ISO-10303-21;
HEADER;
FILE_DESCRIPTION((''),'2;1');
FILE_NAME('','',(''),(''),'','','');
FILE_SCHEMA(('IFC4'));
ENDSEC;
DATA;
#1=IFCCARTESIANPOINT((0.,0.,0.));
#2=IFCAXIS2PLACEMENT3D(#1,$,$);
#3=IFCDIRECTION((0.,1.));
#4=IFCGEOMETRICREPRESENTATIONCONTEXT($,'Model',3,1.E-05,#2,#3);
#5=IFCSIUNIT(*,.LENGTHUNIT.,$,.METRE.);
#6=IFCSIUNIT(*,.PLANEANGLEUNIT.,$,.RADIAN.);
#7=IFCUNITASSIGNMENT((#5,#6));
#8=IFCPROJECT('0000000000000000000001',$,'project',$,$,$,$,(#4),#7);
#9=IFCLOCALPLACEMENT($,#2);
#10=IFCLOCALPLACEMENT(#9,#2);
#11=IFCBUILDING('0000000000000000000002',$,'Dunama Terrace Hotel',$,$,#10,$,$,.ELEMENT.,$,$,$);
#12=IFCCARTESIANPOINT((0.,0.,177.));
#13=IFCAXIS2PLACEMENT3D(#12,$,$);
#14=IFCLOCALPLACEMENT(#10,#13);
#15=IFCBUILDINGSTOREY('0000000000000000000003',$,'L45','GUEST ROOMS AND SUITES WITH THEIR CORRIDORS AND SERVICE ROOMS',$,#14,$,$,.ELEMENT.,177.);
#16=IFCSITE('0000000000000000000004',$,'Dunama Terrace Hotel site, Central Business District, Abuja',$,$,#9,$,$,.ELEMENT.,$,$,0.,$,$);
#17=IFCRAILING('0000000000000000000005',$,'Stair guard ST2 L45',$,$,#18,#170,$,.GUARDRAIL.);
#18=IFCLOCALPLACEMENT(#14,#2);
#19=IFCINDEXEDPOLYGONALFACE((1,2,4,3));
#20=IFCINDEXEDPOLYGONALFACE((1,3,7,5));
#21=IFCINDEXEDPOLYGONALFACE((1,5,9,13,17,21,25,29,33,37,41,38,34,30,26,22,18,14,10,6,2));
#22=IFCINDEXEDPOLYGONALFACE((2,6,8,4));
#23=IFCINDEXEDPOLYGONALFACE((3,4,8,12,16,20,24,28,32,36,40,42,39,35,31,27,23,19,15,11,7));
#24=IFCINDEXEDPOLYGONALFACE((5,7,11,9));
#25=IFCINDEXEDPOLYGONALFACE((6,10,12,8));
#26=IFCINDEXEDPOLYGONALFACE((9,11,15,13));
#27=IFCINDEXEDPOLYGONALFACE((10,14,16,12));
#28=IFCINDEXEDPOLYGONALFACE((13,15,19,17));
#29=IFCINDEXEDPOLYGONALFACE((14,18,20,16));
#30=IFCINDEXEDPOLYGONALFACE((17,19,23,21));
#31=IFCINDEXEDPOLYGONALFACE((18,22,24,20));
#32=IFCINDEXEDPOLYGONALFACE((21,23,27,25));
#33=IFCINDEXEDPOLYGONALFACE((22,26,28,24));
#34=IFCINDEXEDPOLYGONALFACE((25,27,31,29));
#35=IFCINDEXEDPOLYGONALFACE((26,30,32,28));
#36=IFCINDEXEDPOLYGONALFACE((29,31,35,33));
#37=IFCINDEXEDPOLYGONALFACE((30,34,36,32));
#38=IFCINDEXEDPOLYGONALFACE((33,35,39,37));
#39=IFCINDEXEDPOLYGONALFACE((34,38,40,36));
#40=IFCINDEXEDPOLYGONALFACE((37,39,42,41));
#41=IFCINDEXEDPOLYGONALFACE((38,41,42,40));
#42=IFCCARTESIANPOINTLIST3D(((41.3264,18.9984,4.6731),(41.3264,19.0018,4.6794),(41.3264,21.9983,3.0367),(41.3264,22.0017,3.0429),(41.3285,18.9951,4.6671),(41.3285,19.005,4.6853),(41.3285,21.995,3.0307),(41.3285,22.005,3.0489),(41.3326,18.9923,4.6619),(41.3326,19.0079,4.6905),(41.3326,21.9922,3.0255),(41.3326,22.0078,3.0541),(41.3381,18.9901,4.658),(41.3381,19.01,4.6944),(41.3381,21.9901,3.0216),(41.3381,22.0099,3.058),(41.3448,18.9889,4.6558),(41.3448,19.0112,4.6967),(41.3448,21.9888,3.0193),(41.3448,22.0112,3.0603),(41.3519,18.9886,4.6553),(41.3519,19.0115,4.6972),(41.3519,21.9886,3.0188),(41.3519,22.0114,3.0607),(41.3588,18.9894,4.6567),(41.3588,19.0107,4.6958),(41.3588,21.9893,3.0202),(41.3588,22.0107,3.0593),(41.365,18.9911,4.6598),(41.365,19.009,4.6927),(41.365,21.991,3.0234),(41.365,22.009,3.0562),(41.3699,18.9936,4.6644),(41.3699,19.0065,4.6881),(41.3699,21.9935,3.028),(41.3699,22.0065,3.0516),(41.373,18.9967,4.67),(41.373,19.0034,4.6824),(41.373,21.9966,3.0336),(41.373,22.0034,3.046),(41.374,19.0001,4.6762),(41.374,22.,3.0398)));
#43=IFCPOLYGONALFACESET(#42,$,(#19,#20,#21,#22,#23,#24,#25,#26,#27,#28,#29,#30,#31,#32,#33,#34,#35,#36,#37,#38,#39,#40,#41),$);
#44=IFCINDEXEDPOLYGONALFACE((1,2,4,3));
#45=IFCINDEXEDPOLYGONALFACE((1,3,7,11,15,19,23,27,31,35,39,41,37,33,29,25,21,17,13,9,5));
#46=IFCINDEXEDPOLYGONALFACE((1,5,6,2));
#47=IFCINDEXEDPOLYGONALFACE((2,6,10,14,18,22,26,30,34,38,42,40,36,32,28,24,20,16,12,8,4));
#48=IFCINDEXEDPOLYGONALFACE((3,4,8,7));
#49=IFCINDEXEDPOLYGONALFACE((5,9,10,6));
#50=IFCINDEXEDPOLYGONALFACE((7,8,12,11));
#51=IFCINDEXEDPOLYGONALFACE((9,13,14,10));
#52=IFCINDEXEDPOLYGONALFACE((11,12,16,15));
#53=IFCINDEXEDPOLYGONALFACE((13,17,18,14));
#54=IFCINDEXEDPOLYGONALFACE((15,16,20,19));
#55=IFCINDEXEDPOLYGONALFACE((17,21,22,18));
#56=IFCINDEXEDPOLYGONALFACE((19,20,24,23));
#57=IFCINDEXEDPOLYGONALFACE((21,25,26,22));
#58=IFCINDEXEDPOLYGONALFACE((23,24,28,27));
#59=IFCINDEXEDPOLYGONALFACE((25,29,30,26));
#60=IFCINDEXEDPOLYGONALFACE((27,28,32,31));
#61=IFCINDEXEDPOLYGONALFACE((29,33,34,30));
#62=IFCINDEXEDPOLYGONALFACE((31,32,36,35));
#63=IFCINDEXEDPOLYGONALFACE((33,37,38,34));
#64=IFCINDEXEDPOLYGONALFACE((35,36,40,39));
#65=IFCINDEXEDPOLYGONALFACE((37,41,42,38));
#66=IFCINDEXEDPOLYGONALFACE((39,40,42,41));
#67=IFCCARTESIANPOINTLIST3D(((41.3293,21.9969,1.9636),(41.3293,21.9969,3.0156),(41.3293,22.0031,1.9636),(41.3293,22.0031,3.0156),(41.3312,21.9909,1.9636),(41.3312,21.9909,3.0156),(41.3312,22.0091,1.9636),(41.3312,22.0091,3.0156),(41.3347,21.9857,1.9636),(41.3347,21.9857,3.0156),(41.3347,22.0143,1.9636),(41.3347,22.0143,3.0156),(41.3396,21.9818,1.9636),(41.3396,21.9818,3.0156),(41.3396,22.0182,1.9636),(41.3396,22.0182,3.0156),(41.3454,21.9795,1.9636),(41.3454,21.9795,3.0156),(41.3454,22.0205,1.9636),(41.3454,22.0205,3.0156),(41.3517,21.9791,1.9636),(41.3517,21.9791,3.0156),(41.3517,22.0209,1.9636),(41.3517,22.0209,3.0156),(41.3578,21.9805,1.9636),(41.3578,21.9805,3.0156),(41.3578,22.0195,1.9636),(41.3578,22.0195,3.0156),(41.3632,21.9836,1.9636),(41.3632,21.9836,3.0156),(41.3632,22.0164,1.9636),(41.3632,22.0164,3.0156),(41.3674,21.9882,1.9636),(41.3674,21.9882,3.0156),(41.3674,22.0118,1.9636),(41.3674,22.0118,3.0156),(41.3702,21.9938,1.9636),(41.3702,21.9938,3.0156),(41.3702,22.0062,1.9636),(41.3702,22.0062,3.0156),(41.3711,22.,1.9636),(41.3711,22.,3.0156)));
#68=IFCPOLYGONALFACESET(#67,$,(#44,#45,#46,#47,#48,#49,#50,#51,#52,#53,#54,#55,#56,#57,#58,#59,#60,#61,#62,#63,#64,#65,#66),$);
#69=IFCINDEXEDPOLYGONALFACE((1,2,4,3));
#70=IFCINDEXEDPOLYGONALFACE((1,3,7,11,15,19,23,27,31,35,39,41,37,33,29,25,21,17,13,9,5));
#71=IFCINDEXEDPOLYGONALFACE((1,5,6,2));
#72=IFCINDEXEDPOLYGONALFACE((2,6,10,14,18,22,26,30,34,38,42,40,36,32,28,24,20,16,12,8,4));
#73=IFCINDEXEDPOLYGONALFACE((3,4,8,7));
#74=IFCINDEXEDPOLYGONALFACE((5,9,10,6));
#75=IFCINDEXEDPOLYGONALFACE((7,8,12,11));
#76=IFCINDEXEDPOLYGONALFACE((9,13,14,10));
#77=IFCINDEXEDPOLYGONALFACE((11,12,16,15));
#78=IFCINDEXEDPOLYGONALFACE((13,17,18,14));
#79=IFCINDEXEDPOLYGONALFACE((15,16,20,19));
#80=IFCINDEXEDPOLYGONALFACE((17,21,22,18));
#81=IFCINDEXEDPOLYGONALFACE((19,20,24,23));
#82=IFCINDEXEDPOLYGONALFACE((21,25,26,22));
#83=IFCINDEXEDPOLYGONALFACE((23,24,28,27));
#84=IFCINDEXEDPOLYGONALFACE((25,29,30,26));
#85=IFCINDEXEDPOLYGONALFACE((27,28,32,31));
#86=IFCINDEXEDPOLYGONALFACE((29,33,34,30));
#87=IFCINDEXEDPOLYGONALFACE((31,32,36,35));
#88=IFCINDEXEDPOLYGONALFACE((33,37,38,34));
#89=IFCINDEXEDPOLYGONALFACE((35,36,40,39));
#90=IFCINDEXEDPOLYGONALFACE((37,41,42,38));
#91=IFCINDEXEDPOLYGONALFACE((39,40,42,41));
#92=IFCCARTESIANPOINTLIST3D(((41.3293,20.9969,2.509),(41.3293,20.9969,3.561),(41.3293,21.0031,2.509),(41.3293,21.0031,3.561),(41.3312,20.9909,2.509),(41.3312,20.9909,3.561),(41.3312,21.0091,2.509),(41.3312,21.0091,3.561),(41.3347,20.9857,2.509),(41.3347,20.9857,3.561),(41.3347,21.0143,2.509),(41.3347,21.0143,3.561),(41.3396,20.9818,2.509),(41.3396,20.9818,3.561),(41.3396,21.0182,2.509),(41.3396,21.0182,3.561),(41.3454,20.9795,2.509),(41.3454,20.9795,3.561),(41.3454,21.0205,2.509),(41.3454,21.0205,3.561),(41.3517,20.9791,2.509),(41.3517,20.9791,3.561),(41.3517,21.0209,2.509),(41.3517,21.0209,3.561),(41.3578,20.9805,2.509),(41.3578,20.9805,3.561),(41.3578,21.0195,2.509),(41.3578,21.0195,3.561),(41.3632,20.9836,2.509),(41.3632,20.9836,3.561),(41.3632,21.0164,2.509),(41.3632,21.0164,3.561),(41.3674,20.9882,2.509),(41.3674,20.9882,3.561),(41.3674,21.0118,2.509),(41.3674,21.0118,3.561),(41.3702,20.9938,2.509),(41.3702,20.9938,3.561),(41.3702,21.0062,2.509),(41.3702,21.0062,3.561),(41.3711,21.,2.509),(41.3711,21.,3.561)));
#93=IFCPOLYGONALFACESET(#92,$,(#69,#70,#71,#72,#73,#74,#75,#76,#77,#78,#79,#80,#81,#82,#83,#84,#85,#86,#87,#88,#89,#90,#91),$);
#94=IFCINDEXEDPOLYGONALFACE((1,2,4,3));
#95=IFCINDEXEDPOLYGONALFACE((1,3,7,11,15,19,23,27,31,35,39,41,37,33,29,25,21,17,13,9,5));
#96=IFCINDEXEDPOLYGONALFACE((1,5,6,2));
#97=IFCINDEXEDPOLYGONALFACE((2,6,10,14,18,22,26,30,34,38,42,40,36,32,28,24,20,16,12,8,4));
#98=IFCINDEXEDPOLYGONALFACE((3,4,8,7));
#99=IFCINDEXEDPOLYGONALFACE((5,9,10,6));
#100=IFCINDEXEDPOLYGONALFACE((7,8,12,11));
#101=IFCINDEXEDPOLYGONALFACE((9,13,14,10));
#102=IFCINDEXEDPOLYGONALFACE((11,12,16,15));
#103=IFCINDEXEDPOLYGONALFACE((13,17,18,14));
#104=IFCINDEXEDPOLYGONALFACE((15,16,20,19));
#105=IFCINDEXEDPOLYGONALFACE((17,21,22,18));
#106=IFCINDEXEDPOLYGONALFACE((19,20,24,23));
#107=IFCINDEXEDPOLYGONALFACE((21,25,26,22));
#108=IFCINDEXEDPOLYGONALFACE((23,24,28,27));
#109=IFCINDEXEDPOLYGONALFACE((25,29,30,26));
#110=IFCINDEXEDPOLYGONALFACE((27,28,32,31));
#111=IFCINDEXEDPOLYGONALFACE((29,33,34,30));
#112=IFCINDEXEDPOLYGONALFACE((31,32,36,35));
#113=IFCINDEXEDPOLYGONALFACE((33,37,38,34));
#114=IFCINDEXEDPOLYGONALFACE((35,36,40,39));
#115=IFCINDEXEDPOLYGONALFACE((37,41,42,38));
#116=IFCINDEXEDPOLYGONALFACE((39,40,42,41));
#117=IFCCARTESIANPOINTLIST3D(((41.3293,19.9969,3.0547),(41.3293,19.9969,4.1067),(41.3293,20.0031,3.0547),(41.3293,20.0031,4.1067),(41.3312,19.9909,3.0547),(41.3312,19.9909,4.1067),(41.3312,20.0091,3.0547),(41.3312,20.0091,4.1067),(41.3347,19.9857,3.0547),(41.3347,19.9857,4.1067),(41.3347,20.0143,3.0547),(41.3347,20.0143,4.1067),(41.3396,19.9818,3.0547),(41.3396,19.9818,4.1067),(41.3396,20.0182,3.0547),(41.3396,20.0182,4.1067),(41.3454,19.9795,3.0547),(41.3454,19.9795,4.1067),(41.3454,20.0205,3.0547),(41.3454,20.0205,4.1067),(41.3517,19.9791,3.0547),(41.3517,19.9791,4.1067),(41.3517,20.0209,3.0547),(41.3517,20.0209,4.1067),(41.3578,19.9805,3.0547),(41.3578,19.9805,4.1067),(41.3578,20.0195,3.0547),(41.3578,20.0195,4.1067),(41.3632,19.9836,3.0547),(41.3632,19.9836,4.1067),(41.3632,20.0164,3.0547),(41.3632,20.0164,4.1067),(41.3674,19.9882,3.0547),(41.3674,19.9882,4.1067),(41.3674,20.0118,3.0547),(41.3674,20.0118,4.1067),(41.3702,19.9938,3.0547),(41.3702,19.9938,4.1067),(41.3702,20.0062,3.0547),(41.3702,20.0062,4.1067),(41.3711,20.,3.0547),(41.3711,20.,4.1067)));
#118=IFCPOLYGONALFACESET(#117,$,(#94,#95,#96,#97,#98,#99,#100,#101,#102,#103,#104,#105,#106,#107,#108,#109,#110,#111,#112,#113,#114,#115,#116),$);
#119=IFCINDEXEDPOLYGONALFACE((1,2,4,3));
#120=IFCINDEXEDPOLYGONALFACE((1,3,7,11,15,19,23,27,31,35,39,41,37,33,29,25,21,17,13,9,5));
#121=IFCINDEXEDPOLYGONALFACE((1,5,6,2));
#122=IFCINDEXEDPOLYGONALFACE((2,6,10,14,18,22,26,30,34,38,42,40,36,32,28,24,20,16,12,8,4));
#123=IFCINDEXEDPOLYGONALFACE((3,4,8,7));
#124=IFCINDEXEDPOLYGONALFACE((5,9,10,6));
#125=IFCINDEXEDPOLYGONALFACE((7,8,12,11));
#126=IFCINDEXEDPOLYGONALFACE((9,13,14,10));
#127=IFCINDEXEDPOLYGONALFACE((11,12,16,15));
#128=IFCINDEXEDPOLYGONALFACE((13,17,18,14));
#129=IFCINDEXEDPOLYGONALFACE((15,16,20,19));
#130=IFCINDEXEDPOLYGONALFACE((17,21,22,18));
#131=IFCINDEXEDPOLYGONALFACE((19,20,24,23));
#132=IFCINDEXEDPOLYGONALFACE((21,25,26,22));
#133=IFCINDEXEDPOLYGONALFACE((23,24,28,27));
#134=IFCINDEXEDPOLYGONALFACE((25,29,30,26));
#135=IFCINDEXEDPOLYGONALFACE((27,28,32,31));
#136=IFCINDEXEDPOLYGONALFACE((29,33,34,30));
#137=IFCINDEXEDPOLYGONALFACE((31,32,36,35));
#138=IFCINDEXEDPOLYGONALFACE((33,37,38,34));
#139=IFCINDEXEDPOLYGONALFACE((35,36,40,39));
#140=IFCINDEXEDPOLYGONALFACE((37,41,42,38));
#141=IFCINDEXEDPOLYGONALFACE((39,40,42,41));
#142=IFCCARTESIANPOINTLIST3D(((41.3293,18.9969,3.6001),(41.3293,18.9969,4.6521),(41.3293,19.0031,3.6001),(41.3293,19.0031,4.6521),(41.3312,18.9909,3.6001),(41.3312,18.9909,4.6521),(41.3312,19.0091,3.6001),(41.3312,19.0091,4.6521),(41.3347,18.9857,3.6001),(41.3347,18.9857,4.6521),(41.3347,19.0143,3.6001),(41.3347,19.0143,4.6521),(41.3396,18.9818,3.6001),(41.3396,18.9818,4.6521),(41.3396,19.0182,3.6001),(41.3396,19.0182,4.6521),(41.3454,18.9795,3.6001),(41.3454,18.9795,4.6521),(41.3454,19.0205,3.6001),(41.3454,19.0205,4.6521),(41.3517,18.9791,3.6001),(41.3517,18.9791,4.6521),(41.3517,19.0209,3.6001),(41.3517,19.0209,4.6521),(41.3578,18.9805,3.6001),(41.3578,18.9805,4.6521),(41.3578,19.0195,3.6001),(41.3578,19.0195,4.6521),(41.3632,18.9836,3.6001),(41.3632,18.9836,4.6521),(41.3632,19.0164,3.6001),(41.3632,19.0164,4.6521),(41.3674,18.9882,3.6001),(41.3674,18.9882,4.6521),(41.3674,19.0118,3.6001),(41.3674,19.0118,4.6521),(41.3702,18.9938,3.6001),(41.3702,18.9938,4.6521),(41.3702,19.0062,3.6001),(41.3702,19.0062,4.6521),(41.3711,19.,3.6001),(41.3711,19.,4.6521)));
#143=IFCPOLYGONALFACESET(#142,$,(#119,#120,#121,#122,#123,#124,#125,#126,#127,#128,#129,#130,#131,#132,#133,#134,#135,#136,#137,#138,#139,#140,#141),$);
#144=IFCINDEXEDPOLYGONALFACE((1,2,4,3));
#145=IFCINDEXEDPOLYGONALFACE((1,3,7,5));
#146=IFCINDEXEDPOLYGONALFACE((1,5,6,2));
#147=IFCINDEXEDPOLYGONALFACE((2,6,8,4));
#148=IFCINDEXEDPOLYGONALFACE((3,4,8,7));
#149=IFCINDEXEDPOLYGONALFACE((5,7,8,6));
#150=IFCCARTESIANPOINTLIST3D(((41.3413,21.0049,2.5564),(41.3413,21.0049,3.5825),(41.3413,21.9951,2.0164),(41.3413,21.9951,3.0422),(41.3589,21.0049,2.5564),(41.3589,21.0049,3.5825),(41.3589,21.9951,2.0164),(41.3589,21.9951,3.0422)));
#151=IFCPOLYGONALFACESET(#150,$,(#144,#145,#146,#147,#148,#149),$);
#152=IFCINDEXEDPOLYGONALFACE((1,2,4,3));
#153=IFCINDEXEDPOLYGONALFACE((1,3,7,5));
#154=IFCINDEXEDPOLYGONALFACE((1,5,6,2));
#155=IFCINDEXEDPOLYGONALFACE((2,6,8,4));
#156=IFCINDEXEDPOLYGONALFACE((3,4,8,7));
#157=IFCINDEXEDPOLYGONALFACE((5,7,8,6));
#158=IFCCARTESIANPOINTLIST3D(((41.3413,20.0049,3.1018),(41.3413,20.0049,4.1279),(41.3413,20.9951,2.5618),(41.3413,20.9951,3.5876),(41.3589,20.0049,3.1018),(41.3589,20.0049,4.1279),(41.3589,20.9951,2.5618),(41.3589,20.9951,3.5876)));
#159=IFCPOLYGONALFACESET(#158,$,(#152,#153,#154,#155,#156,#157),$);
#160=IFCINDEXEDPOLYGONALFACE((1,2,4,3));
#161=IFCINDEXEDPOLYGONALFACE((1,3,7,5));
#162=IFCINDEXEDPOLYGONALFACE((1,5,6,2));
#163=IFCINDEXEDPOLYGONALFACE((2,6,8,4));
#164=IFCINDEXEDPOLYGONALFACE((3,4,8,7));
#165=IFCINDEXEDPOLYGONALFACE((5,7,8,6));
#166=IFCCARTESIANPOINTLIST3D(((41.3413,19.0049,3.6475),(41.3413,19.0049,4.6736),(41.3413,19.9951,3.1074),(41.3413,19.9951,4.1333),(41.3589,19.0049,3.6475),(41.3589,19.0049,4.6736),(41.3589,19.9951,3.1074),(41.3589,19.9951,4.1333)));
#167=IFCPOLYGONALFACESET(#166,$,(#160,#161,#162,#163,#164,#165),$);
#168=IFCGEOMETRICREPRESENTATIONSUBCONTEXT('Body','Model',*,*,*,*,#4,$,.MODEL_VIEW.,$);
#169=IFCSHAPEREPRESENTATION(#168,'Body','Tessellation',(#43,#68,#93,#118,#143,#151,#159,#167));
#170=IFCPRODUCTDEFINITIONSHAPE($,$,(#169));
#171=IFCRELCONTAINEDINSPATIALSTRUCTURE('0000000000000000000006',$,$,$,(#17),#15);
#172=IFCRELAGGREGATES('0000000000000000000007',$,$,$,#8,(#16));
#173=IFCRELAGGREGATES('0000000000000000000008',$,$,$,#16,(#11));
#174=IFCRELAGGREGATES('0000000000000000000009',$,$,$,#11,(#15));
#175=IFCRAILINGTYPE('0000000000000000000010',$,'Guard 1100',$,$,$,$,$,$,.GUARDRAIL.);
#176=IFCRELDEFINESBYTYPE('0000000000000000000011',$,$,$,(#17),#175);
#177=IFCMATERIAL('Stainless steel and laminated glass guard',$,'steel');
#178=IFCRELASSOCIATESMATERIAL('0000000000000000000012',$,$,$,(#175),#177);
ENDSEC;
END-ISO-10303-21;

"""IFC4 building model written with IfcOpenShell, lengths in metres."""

from ifc_helpers import new_model, si_unit, direction, frame, origin, origin_2d, place, context, subcontext, project, spatial, polyline, circle, outline, extrude, material, type_object, element, save


model = new_model("IFC4")

# Units and contexts
model_context = context("Model", 3, precision=1e-05, world=origin(), true_north=direction((0.0, 1.0)))
body_context = subcontext(model_context, "Body", "Model", "MODEL_VIEW")
ifc_project = project(units=[si_unit("LENGTHUNIT", "METRE"), si_unit("PLANEANGLEUNIT", "RADIAN")], contexts=[model_context])

# Site, building, storey
site_placement = place(None, origin())
site = spatial("IfcSite", under=ifc_project, at=site_placement, Name="Dunama Terrace Hotel site, Central Business District, Abuja", CompositionType="ELEMENT", RefElevation=0.0)
building_placement = place(site_placement, origin())
building = spatial("IfcBuilding", under=site, at=building_placement, Name="Dunama Terrace Hotel", CompositionType="ELEMENT")
storey_placement = place(building_placement, frame((0.0, 0.0, 177.0)))
storey = spatial("IfcBuildingStorey", under=building, at=storey_placement, Name="L45", Description="GUEST ROOMS AND SUITES WITH THEIR CORRIDORS AND SERVICE ROOMS", CompositionType="ELEMENT", Elevation=177.0)

# Railing
ifc_material_1 = material(Name="Stainless steel and laminated glass guard", Category="steel")
railing_type_1 = type_object("IfcRailingType", Name="Guard 1100", PredefinedType="GUARDRAIL", material=ifc_material_1)
railing_1_placement = place(storey_placement, frame((41.3501, 22.0, 1.9636)))
element("IfcRailing", 1, at=railing_1_placement, inside=storey, type_object=railing_type_1, Name="Stair guard ST2 L45", PredefinedType="GUARDRAIL", context=body_context, shape_type="SweptSolid", body=[
    extrude(circle(Radius=0.0239, at=origin_2d()), frame((0.0, 0.0, 1.0762), z_axis=(0.0, -0.877882, 0.478877), x_axis=(1.0, 0.0, 0.0)), (0.0, 0.0, 1.0), 3.4172),
    extrude(circle(Radius=0.021, at=origin_2d()), origin(), (0.0, 0.0, 1.0), 1.052),
    extrude(circle(Radius=0.021, at=origin_2d()), frame((0.0, -1.0, 0.5454)), (0.0, 0.0, 1.0), 1.052),
    extrude(circle(Radius=0.021, at=origin_2d()), frame((0.0, -2.0, 1.0911)), (0.0, 0.0, 1.0), 1.052),
    extrude(circle(Radius=0.021, at=origin_2d()), frame((0.0, -3.0, 1.6365)), (0.0, 0.0, 1.0), 1.052),
    extrude(outline(polyline([(0.0049, 0.0527), (0.9951, 0.5928), (0.9951, 1.6189), (0.0049, 1.0786), (0.0049, 0.0527)])), frame((0.0088, 0.0, 0.0), z_axis=(-1.0, 0.0, 0.0), x_axis=(0.0, -1.0, 0.0)), (0.0, 0.0, 1.0), 0.0176),
    extrude(outline(polyline([(0.0049, 0.0527), (0.9951, 0.5928), (0.9951, 1.6189), (0.0049, 1.0786), (0.0049, 0.0527)])), frame((0.0088, -1.0, 0.5454), z_axis=(-1.0, 0.0, 0.0), x_axis=(0.0, -1.0, 0.0)), (0.0, 0.0, 1.0), 0.0176),
    extrude(outline(polyline([(0.0049, 0.0527), (0.9951, 0.5928), (0.9951, 1.6189), (0.0049, 1.0786), (0.0049, 0.0527)])), frame((0.0088, -2.0, 1.0911), z_axis=(-1.0, 0.0, 0.0), x_axis=(0.0, -1.0, 0.0)), (0.0, 0.0, 1.0), 0.0176),
])

save(model, "model.ifc")
